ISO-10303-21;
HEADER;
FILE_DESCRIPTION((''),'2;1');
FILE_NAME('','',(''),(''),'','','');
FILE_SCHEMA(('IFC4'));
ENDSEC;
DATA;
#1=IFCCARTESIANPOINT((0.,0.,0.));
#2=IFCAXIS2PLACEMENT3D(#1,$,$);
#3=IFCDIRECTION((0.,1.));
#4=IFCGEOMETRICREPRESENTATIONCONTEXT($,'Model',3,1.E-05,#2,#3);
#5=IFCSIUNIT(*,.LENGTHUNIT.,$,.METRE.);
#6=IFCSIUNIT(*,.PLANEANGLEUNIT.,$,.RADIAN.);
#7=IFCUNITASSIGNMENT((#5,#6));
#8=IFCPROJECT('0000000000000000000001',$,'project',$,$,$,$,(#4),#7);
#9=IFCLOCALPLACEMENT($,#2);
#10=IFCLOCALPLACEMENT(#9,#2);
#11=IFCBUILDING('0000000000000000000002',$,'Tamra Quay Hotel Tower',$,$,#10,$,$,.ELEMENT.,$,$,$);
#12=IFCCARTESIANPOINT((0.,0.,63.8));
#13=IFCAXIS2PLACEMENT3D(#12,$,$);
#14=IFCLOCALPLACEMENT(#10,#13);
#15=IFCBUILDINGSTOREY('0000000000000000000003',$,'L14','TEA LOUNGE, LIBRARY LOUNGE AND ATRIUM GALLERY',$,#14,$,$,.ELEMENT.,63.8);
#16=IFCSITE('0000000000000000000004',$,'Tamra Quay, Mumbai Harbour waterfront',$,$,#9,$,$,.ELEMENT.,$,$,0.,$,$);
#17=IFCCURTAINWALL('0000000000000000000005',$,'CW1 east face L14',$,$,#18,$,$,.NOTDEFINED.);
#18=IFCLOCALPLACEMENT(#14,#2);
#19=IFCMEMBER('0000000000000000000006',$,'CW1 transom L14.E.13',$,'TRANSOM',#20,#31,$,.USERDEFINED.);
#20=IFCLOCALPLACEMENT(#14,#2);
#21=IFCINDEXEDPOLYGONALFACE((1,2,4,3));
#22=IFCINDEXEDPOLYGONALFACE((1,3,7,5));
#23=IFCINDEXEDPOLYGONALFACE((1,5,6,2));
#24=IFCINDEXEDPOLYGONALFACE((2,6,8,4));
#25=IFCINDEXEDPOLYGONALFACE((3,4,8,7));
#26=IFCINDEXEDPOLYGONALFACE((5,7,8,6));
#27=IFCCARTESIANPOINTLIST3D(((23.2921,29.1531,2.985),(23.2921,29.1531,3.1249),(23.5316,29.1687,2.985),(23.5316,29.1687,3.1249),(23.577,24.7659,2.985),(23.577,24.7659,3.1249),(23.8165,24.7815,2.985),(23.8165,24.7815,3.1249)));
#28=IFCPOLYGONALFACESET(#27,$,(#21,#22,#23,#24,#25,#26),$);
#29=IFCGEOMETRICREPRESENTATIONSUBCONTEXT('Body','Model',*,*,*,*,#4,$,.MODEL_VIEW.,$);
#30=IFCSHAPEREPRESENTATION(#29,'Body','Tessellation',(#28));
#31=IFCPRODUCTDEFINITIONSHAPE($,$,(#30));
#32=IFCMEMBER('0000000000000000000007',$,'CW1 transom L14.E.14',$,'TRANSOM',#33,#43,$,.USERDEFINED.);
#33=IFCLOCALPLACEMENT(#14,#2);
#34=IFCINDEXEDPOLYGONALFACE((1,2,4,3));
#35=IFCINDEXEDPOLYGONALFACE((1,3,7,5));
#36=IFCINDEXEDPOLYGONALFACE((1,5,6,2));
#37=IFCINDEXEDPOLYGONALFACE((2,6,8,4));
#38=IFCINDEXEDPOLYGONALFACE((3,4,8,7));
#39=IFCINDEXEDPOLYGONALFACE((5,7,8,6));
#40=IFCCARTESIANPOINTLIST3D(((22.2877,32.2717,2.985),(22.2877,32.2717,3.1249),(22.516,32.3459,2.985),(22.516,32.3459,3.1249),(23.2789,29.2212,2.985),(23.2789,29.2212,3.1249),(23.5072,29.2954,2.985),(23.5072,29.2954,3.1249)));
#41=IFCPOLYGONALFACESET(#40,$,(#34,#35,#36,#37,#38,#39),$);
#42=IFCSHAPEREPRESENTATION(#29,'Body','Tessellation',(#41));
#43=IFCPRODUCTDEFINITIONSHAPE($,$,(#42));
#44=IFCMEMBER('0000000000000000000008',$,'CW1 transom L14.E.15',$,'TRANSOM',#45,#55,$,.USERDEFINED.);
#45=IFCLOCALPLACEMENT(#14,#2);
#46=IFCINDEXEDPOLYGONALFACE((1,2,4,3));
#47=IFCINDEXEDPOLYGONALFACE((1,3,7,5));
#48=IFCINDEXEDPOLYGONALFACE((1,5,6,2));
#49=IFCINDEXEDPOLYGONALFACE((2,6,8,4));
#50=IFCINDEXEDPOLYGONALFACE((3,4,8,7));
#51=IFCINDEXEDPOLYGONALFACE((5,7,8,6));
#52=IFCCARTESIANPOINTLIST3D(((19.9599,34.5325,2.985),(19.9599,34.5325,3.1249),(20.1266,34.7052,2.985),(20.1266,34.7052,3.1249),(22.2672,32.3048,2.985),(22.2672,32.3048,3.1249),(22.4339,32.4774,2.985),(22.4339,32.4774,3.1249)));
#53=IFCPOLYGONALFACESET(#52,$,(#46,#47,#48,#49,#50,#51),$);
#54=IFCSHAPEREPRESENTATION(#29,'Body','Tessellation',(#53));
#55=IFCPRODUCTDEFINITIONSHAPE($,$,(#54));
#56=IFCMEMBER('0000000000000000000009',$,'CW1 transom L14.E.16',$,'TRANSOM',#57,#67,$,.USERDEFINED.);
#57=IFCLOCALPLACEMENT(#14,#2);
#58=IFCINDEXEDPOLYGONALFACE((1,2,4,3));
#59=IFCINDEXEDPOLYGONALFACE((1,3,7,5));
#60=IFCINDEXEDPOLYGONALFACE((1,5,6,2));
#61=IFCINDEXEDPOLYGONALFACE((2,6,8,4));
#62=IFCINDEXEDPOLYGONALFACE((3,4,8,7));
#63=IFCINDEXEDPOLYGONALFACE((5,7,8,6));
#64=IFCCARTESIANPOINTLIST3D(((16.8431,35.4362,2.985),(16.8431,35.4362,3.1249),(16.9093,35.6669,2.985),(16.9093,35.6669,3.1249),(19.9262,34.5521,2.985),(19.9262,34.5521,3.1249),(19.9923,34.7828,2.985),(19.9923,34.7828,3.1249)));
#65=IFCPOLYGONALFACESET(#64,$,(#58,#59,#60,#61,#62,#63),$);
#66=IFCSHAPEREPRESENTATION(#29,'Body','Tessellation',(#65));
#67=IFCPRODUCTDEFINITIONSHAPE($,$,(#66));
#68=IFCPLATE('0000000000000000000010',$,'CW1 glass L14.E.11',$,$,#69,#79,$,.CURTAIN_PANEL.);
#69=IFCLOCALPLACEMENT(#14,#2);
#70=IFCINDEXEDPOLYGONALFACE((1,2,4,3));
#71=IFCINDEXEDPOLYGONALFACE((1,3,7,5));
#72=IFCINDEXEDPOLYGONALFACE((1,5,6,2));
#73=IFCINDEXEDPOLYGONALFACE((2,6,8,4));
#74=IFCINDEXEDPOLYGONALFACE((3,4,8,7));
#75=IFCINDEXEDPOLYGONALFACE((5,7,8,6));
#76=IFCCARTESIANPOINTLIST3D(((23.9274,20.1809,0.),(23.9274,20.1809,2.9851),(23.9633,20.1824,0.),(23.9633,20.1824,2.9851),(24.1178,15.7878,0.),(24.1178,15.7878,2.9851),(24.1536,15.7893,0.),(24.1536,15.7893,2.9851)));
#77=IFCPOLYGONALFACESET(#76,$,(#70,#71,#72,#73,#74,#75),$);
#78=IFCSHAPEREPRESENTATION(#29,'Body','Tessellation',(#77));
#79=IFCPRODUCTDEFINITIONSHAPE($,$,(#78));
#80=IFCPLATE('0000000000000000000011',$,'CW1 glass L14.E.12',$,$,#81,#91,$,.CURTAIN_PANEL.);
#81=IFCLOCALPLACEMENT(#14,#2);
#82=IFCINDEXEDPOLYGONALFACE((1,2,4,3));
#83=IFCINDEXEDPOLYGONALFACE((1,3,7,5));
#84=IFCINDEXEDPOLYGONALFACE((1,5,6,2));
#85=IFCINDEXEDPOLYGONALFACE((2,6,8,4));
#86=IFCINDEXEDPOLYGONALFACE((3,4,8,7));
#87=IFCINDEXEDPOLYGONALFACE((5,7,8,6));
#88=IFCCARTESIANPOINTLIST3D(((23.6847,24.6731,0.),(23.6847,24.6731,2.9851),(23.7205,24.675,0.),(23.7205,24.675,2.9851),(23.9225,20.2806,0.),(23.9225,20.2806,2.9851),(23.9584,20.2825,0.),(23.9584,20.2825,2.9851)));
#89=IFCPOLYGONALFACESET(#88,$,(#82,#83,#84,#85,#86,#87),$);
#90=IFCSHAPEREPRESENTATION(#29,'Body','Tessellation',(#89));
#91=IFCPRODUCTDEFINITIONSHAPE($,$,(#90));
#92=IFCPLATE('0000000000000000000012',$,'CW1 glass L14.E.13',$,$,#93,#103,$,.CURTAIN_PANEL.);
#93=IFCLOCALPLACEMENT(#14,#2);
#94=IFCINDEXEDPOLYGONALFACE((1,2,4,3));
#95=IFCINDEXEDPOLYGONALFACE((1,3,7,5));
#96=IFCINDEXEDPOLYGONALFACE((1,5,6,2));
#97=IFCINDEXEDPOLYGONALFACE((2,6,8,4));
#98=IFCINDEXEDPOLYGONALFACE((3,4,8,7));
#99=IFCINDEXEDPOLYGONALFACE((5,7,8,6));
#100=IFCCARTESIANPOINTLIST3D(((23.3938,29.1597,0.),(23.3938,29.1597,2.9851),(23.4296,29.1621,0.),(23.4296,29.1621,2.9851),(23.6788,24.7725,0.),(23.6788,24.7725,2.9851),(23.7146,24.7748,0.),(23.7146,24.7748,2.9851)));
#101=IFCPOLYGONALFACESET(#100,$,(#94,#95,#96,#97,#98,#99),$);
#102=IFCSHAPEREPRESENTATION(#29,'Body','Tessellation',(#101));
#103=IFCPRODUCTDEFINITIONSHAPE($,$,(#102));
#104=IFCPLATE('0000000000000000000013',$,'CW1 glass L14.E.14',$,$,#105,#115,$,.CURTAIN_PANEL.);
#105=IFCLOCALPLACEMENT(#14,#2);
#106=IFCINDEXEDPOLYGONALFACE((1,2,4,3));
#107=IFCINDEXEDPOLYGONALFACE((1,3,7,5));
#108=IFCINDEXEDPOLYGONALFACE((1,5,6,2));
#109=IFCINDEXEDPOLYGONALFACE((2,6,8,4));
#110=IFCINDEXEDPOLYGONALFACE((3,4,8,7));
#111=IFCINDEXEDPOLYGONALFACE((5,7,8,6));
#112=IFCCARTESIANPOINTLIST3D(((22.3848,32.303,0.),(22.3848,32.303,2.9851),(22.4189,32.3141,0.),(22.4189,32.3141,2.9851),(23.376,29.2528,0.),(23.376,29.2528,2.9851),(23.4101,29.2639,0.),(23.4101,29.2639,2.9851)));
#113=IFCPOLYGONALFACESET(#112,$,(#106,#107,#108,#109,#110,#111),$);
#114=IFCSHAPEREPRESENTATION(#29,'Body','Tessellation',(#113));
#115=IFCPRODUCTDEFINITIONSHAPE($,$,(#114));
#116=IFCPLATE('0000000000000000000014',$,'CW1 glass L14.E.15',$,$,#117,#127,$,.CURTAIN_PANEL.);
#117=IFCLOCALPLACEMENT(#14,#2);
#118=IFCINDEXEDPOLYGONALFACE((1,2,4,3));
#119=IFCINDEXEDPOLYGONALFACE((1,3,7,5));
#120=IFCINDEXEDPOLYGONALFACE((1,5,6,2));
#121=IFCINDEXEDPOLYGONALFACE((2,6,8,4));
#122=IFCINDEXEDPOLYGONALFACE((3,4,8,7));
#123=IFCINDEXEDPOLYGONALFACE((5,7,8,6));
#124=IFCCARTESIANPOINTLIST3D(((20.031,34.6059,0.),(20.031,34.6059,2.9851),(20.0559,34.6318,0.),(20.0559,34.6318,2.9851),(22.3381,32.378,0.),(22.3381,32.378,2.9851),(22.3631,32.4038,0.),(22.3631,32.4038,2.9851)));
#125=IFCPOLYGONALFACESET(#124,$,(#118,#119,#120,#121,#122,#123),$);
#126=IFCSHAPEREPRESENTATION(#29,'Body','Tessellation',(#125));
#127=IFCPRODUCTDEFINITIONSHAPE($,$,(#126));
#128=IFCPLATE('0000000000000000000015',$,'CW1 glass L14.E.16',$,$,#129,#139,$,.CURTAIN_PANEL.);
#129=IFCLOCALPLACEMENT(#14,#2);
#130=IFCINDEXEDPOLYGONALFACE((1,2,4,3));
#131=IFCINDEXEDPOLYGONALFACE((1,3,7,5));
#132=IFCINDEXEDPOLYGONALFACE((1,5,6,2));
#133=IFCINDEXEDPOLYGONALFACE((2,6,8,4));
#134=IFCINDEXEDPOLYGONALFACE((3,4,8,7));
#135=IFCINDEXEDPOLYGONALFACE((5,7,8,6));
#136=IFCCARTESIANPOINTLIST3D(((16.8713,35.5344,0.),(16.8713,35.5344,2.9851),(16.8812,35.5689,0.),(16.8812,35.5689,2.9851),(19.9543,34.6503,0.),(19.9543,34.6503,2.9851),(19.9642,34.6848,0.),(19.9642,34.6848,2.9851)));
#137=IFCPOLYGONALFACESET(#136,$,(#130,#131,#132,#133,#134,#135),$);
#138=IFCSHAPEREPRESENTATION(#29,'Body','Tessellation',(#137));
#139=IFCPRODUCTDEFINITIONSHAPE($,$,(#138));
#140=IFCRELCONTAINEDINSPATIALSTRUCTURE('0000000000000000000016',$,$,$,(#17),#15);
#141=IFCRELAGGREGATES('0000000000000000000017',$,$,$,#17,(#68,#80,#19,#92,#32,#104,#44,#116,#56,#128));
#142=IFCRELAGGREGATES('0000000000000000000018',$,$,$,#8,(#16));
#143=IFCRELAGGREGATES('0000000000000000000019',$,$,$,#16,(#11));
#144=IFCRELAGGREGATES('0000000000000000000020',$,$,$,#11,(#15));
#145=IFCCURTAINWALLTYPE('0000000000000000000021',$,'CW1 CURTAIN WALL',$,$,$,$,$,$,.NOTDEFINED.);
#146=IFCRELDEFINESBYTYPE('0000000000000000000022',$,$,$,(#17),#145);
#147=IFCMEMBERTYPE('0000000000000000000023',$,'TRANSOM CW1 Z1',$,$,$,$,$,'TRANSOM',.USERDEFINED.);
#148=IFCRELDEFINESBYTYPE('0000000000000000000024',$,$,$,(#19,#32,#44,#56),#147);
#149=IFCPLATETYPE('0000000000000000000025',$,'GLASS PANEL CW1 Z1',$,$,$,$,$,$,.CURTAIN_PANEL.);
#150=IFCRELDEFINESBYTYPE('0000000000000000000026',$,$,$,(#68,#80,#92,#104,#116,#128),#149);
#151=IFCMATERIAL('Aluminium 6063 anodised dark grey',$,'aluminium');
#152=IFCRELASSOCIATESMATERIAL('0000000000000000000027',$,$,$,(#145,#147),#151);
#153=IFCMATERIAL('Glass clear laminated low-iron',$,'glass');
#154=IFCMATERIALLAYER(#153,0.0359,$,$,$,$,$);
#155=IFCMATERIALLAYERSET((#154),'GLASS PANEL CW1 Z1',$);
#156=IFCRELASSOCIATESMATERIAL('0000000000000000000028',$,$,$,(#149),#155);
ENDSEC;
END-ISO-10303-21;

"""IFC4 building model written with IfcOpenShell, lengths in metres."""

from ifc_helpers import new_model, si_unit, direction, frame, origin, origin_2d, place, context, subcontext, project, spatial, rectangle, extrude, material, layer, layer_set, material_profile, profile_set, type_object, element, aggregate, save


model = new_model("IFC4")

# Units and contexts
model_context = context("Model", 3, precision=1e-05, world=origin(), true_north=direction((0.0, 1.0)))
body_context = subcontext(model_context, "Body", "Model", "MODEL_VIEW")
ifc_project = project(units=[si_unit("LENGTHUNIT", "METRE"), si_unit("PLANEANGLEUNIT", "RADIAN")], contexts=[model_context])

# Site, building, storey
site_placement = place(None, origin())
site = spatial("IfcSite", under=ifc_project, at=site_placement, Name="Tamra Quay, Mumbai Harbour waterfront", CompositionType="ELEMENT", RefElevation=0.0)
building_placement = place(site_placement, origin())
building = spatial("IfcBuilding", under=site, at=building_placement, Name="Tamra Quay Hotel Tower", CompositionType="ELEMENT")
storey_placement = place(building_placement, frame((0.0, 0.0, 63.8)))
storey = spatial("IfcBuildingStorey", under=building, at=storey_placement, Name="L14", Description="TEA LOUNGE, LIBRARY LOUNGE AND ATRIUM GALLERY", CompositionType="ELEMENT", Elevation=63.8)

# Curtain wall
ifc_material_1 = material(Name="Aluminium 6063 anodised dark grey", Category="aluminium")
curtain_wall_type = type_object("IfcCurtainWallType", Name="CW1 CURTAIN WALL", PredefinedType="NOTDEFINED", material=ifc_material_1)
curtain_wall_placement = place(storey_placement, origin())
curtain_wall = element("IfcCurtainWall", 1, at=curtain_wall_placement, inside=storey, type_object=curtain_wall_type, Name="CW1 east face L14", PredefinedType="NOTDEFINED")

# Members
ifc_material_profile_1 = material_profile(ifc_material_1, rectangle(XDim=0.24, YDim=0.1399, at=origin_2d()), Name="TRANSOM 240X140")
ifc_profile_set_1 = profile_set([ifc_material_profile_1], Name="Aluminium 6063 anodised dark grey")
member_type_1 = type_object("IfcMemberType", Name="TRANSOM CW1 Z1", ElementType="TRANSOM", PredefinedType="USERDEFINED", material=ifc_profile_set_1)
member_1_placement = place(storey_placement, frame((23.6968, 24.7737, 3.0549), z_axis=(-0.064805, 0.997898, 0.0), x_axis=(-0.997898, -0.064805, 0.0)))
member_1 = element("IfcMember", 2, at=member_1_placement, type_object=member_type_1, Name="CW1 transom L14.E.13", ObjectType="TRANSOM", PredefinedType="USERDEFINED", context=body_context, shape_type="SweptSolid", body=[
    extrude(rectangle(XDim=0.24, YDim=0.1399, at=origin_2d()), origin(), (0.0, 0.0, 1.0), 4.3965),
])
member_2_placement = place(storey_placement, frame((23.3931, 29.2583, 3.0549), z_axis=(-0.309026, 0.951054, 0.0), x_axis=(-0.951054, -0.309026, 0.0)))
member_2 = element("IfcMember", 3, at=member_2_placement, type_object=member_type_1, Name="CW1 transom L14.E.14", ObjectType="TRANSOM", PredefinedType="USERDEFINED", context=body_context, shape_type="SweptSolid", body=[
    extrude(rectangle(XDim=0.24, YDim=0.1399, at=origin_2d()), origin(), (0.0, 0.0, 1.0), 3.2075),
])
member_3_placement = place(storey_placement, frame((22.3506, 32.3911, 3.0549), z_axis=(-0.719405, 0.69459, 0.0), x_axis=(-0.69459, -0.719405, 0.0)))
member_3 = element("IfcMember", 4, at=member_3_placement, type_object=member_type_1, Name="CW1 transom L14.E.15", ObjectType="TRANSOM", PredefinedType="USERDEFINED", context=body_context, shape_type="SweptSolid", body=[
    extrude(rectangle(XDim=0.24, YDim=0.1399, at=origin_2d()), origin(), (0.0, 0.0, 1.0), 3.2073),
])
member_4_placement = place(storey_placement, frame((19.9592, 34.6675, 3.0549), z_axis=(-0.961262, 0.275636, 0.0), x_axis=(-0.275636, -0.961262, 0.0)))
member_4 = element("IfcMember", 5, at=member_4_placement, type_object=member_type_1, Name="CW1 transom L14.E.16", ObjectType="TRANSOM", PredefinedType="USERDEFINED", context=body_context, shape_type="SweptSolid", body=[
    extrude(rectangle(XDim=0.24, YDim=0.1399, at=origin_2d()), origin(), (0.0, 0.0, 1.0), 3.2073),
])

# Plates
ifc_material_2 = material(Name="Glass clear laminated low-iron", Category="glass")
ifc_layer = layer(ifc_material_2, 0.0359)
ifc_layer_set = layer_set([ifc_layer], Name="GLASS PANEL CW1 Z1")
plate_type = type_object("IfcPlateType", Name="GLASS PANEL CW1 Z1", PredefinedType="CURTAIN_PANEL", material=ifc_layer_set)
plate_1_placement = place(storey_placement, frame((24.0405, 17.9851, 0.0), z_axis=(0.0, 0.0, 1.0), x_axis=(-0.043285, 0.999063, 0.0)))
plate_1 = element("IfcPlate", 6, at=plate_1_placement, type_object=plate_type, Name="CW1 glass L14.E.11", PredefinedType="CURTAIN_PANEL", context=body_context, shape_type="SweptSolid", body=[
    extrude(rectangle(XDim=4.3972, YDim=0.0359, at=origin_2d()), origin(), (0.0, 0.0, 1.0), 2.9851),
])
plate_2_placement = place(storey_placement, frame((23.8215, 22.4778, 0.0), z_axis=(0.0, 0.0, 1.0), x_axis=(-0.054062, 0.998538, 0.0)))
plate_2 = element("IfcPlate", 7, at=plate_2_placement, type_object=plate_type, Name="CW1 glass L14.E.12", PredefinedType="CURTAIN_PANEL", context=body_context, shape_type="SweptSolid", body=[
    extrude(rectangle(XDim=4.3989, YDim=0.0359, at=origin_2d()), origin(), (0.0, 0.0, 1.0), 2.9851),
])
plate_3_placement = place(storey_placement, frame((23.5542, 26.9673, 0.0), z_axis=(0.0, 0.0, 1.0), x_axis=(-0.064813, 0.997897, 0.0)))
plate_3 = element("IfcPlate", 8, at=plate_3_placement, type_object=plate_type, Name="CW1 glass L14.E.13", PredefinedType="CURTAIN_PANEL", context=body_context, shape_type="SweptSolid", body=[
    extrude(rectangle(XDim=4.3965, YDim=0.0359, at=origin_2d()), origin(), (0.0, 0.0, 1.0), 2.9851),
])
plate_4_placement = place(storey_placement, frame((22.8975, 30.7834, 0.0), z_axis=(0.0, 0.0, 1.0), x_axis=(-0.309041, 0.951049, 0.0)))
plate_4 = element("IfcPlate", 9, at=plate_4_placement, type_object=plate_type, Name="CW1 glass L14.E.14", PredefinedType="CURTAIN_PANEL", context=body_context, shape_type="SweptSolid", body=[
    extrude(rectangle(XDim=3.2073, YDim=0.0359, at=origin_2d()), origin(), (0.0, 0.0, 1.0), 2.9851),
])
plate_5_placement = place(storey_placement, frame((21.197, 33.5049, 0.0), z_axis=(0.0, 0.0, 1.0), x_axis=(-0.719346, 0.694652, 0.0)))
plate_5 = element("IfcPlate", 10, at=plate_5_placement, type_object=plate_type, Name="CW1 glass L14.E.15", PredefinedType="CURTAIN_PANEL", context=body_context, shape_type="SweptSolid", body=[
    extrude(rectangle(XDim=3.2073, YDim=0.0359, at=origin_2d()), origin(), (0.0, 0.0, 1.0), 2.9851),
])
plate_6_placement = place(storey_placement, frame((18.4177, 35.1096, 0.0), z_axis=(0.0, 0.0, 1.0), x_axis=(-0.961259, 0.275645, 0.0)))
plate_6 = element("IfcPlate", 11, at=plate_6_placement, type_object=plate_type, Name="CW1 glass L14.E.16", PredefinedType="CURTAIN_PANEL", context=body_context, shape_type="SweptSolid", body=[
    extrude(rectangle(XDim=3.2073, YDim=0.0359, at=origin_2d()), origin(), (0.0, 0.0, 1.0), 2.9851),
])
aggregate(curtain_wall, [plate_1, plate_2, member_1, plate_3, member_2, plate_4, member_3, plate_5, member_4, plate_6])

save(model, "model.ifc")
